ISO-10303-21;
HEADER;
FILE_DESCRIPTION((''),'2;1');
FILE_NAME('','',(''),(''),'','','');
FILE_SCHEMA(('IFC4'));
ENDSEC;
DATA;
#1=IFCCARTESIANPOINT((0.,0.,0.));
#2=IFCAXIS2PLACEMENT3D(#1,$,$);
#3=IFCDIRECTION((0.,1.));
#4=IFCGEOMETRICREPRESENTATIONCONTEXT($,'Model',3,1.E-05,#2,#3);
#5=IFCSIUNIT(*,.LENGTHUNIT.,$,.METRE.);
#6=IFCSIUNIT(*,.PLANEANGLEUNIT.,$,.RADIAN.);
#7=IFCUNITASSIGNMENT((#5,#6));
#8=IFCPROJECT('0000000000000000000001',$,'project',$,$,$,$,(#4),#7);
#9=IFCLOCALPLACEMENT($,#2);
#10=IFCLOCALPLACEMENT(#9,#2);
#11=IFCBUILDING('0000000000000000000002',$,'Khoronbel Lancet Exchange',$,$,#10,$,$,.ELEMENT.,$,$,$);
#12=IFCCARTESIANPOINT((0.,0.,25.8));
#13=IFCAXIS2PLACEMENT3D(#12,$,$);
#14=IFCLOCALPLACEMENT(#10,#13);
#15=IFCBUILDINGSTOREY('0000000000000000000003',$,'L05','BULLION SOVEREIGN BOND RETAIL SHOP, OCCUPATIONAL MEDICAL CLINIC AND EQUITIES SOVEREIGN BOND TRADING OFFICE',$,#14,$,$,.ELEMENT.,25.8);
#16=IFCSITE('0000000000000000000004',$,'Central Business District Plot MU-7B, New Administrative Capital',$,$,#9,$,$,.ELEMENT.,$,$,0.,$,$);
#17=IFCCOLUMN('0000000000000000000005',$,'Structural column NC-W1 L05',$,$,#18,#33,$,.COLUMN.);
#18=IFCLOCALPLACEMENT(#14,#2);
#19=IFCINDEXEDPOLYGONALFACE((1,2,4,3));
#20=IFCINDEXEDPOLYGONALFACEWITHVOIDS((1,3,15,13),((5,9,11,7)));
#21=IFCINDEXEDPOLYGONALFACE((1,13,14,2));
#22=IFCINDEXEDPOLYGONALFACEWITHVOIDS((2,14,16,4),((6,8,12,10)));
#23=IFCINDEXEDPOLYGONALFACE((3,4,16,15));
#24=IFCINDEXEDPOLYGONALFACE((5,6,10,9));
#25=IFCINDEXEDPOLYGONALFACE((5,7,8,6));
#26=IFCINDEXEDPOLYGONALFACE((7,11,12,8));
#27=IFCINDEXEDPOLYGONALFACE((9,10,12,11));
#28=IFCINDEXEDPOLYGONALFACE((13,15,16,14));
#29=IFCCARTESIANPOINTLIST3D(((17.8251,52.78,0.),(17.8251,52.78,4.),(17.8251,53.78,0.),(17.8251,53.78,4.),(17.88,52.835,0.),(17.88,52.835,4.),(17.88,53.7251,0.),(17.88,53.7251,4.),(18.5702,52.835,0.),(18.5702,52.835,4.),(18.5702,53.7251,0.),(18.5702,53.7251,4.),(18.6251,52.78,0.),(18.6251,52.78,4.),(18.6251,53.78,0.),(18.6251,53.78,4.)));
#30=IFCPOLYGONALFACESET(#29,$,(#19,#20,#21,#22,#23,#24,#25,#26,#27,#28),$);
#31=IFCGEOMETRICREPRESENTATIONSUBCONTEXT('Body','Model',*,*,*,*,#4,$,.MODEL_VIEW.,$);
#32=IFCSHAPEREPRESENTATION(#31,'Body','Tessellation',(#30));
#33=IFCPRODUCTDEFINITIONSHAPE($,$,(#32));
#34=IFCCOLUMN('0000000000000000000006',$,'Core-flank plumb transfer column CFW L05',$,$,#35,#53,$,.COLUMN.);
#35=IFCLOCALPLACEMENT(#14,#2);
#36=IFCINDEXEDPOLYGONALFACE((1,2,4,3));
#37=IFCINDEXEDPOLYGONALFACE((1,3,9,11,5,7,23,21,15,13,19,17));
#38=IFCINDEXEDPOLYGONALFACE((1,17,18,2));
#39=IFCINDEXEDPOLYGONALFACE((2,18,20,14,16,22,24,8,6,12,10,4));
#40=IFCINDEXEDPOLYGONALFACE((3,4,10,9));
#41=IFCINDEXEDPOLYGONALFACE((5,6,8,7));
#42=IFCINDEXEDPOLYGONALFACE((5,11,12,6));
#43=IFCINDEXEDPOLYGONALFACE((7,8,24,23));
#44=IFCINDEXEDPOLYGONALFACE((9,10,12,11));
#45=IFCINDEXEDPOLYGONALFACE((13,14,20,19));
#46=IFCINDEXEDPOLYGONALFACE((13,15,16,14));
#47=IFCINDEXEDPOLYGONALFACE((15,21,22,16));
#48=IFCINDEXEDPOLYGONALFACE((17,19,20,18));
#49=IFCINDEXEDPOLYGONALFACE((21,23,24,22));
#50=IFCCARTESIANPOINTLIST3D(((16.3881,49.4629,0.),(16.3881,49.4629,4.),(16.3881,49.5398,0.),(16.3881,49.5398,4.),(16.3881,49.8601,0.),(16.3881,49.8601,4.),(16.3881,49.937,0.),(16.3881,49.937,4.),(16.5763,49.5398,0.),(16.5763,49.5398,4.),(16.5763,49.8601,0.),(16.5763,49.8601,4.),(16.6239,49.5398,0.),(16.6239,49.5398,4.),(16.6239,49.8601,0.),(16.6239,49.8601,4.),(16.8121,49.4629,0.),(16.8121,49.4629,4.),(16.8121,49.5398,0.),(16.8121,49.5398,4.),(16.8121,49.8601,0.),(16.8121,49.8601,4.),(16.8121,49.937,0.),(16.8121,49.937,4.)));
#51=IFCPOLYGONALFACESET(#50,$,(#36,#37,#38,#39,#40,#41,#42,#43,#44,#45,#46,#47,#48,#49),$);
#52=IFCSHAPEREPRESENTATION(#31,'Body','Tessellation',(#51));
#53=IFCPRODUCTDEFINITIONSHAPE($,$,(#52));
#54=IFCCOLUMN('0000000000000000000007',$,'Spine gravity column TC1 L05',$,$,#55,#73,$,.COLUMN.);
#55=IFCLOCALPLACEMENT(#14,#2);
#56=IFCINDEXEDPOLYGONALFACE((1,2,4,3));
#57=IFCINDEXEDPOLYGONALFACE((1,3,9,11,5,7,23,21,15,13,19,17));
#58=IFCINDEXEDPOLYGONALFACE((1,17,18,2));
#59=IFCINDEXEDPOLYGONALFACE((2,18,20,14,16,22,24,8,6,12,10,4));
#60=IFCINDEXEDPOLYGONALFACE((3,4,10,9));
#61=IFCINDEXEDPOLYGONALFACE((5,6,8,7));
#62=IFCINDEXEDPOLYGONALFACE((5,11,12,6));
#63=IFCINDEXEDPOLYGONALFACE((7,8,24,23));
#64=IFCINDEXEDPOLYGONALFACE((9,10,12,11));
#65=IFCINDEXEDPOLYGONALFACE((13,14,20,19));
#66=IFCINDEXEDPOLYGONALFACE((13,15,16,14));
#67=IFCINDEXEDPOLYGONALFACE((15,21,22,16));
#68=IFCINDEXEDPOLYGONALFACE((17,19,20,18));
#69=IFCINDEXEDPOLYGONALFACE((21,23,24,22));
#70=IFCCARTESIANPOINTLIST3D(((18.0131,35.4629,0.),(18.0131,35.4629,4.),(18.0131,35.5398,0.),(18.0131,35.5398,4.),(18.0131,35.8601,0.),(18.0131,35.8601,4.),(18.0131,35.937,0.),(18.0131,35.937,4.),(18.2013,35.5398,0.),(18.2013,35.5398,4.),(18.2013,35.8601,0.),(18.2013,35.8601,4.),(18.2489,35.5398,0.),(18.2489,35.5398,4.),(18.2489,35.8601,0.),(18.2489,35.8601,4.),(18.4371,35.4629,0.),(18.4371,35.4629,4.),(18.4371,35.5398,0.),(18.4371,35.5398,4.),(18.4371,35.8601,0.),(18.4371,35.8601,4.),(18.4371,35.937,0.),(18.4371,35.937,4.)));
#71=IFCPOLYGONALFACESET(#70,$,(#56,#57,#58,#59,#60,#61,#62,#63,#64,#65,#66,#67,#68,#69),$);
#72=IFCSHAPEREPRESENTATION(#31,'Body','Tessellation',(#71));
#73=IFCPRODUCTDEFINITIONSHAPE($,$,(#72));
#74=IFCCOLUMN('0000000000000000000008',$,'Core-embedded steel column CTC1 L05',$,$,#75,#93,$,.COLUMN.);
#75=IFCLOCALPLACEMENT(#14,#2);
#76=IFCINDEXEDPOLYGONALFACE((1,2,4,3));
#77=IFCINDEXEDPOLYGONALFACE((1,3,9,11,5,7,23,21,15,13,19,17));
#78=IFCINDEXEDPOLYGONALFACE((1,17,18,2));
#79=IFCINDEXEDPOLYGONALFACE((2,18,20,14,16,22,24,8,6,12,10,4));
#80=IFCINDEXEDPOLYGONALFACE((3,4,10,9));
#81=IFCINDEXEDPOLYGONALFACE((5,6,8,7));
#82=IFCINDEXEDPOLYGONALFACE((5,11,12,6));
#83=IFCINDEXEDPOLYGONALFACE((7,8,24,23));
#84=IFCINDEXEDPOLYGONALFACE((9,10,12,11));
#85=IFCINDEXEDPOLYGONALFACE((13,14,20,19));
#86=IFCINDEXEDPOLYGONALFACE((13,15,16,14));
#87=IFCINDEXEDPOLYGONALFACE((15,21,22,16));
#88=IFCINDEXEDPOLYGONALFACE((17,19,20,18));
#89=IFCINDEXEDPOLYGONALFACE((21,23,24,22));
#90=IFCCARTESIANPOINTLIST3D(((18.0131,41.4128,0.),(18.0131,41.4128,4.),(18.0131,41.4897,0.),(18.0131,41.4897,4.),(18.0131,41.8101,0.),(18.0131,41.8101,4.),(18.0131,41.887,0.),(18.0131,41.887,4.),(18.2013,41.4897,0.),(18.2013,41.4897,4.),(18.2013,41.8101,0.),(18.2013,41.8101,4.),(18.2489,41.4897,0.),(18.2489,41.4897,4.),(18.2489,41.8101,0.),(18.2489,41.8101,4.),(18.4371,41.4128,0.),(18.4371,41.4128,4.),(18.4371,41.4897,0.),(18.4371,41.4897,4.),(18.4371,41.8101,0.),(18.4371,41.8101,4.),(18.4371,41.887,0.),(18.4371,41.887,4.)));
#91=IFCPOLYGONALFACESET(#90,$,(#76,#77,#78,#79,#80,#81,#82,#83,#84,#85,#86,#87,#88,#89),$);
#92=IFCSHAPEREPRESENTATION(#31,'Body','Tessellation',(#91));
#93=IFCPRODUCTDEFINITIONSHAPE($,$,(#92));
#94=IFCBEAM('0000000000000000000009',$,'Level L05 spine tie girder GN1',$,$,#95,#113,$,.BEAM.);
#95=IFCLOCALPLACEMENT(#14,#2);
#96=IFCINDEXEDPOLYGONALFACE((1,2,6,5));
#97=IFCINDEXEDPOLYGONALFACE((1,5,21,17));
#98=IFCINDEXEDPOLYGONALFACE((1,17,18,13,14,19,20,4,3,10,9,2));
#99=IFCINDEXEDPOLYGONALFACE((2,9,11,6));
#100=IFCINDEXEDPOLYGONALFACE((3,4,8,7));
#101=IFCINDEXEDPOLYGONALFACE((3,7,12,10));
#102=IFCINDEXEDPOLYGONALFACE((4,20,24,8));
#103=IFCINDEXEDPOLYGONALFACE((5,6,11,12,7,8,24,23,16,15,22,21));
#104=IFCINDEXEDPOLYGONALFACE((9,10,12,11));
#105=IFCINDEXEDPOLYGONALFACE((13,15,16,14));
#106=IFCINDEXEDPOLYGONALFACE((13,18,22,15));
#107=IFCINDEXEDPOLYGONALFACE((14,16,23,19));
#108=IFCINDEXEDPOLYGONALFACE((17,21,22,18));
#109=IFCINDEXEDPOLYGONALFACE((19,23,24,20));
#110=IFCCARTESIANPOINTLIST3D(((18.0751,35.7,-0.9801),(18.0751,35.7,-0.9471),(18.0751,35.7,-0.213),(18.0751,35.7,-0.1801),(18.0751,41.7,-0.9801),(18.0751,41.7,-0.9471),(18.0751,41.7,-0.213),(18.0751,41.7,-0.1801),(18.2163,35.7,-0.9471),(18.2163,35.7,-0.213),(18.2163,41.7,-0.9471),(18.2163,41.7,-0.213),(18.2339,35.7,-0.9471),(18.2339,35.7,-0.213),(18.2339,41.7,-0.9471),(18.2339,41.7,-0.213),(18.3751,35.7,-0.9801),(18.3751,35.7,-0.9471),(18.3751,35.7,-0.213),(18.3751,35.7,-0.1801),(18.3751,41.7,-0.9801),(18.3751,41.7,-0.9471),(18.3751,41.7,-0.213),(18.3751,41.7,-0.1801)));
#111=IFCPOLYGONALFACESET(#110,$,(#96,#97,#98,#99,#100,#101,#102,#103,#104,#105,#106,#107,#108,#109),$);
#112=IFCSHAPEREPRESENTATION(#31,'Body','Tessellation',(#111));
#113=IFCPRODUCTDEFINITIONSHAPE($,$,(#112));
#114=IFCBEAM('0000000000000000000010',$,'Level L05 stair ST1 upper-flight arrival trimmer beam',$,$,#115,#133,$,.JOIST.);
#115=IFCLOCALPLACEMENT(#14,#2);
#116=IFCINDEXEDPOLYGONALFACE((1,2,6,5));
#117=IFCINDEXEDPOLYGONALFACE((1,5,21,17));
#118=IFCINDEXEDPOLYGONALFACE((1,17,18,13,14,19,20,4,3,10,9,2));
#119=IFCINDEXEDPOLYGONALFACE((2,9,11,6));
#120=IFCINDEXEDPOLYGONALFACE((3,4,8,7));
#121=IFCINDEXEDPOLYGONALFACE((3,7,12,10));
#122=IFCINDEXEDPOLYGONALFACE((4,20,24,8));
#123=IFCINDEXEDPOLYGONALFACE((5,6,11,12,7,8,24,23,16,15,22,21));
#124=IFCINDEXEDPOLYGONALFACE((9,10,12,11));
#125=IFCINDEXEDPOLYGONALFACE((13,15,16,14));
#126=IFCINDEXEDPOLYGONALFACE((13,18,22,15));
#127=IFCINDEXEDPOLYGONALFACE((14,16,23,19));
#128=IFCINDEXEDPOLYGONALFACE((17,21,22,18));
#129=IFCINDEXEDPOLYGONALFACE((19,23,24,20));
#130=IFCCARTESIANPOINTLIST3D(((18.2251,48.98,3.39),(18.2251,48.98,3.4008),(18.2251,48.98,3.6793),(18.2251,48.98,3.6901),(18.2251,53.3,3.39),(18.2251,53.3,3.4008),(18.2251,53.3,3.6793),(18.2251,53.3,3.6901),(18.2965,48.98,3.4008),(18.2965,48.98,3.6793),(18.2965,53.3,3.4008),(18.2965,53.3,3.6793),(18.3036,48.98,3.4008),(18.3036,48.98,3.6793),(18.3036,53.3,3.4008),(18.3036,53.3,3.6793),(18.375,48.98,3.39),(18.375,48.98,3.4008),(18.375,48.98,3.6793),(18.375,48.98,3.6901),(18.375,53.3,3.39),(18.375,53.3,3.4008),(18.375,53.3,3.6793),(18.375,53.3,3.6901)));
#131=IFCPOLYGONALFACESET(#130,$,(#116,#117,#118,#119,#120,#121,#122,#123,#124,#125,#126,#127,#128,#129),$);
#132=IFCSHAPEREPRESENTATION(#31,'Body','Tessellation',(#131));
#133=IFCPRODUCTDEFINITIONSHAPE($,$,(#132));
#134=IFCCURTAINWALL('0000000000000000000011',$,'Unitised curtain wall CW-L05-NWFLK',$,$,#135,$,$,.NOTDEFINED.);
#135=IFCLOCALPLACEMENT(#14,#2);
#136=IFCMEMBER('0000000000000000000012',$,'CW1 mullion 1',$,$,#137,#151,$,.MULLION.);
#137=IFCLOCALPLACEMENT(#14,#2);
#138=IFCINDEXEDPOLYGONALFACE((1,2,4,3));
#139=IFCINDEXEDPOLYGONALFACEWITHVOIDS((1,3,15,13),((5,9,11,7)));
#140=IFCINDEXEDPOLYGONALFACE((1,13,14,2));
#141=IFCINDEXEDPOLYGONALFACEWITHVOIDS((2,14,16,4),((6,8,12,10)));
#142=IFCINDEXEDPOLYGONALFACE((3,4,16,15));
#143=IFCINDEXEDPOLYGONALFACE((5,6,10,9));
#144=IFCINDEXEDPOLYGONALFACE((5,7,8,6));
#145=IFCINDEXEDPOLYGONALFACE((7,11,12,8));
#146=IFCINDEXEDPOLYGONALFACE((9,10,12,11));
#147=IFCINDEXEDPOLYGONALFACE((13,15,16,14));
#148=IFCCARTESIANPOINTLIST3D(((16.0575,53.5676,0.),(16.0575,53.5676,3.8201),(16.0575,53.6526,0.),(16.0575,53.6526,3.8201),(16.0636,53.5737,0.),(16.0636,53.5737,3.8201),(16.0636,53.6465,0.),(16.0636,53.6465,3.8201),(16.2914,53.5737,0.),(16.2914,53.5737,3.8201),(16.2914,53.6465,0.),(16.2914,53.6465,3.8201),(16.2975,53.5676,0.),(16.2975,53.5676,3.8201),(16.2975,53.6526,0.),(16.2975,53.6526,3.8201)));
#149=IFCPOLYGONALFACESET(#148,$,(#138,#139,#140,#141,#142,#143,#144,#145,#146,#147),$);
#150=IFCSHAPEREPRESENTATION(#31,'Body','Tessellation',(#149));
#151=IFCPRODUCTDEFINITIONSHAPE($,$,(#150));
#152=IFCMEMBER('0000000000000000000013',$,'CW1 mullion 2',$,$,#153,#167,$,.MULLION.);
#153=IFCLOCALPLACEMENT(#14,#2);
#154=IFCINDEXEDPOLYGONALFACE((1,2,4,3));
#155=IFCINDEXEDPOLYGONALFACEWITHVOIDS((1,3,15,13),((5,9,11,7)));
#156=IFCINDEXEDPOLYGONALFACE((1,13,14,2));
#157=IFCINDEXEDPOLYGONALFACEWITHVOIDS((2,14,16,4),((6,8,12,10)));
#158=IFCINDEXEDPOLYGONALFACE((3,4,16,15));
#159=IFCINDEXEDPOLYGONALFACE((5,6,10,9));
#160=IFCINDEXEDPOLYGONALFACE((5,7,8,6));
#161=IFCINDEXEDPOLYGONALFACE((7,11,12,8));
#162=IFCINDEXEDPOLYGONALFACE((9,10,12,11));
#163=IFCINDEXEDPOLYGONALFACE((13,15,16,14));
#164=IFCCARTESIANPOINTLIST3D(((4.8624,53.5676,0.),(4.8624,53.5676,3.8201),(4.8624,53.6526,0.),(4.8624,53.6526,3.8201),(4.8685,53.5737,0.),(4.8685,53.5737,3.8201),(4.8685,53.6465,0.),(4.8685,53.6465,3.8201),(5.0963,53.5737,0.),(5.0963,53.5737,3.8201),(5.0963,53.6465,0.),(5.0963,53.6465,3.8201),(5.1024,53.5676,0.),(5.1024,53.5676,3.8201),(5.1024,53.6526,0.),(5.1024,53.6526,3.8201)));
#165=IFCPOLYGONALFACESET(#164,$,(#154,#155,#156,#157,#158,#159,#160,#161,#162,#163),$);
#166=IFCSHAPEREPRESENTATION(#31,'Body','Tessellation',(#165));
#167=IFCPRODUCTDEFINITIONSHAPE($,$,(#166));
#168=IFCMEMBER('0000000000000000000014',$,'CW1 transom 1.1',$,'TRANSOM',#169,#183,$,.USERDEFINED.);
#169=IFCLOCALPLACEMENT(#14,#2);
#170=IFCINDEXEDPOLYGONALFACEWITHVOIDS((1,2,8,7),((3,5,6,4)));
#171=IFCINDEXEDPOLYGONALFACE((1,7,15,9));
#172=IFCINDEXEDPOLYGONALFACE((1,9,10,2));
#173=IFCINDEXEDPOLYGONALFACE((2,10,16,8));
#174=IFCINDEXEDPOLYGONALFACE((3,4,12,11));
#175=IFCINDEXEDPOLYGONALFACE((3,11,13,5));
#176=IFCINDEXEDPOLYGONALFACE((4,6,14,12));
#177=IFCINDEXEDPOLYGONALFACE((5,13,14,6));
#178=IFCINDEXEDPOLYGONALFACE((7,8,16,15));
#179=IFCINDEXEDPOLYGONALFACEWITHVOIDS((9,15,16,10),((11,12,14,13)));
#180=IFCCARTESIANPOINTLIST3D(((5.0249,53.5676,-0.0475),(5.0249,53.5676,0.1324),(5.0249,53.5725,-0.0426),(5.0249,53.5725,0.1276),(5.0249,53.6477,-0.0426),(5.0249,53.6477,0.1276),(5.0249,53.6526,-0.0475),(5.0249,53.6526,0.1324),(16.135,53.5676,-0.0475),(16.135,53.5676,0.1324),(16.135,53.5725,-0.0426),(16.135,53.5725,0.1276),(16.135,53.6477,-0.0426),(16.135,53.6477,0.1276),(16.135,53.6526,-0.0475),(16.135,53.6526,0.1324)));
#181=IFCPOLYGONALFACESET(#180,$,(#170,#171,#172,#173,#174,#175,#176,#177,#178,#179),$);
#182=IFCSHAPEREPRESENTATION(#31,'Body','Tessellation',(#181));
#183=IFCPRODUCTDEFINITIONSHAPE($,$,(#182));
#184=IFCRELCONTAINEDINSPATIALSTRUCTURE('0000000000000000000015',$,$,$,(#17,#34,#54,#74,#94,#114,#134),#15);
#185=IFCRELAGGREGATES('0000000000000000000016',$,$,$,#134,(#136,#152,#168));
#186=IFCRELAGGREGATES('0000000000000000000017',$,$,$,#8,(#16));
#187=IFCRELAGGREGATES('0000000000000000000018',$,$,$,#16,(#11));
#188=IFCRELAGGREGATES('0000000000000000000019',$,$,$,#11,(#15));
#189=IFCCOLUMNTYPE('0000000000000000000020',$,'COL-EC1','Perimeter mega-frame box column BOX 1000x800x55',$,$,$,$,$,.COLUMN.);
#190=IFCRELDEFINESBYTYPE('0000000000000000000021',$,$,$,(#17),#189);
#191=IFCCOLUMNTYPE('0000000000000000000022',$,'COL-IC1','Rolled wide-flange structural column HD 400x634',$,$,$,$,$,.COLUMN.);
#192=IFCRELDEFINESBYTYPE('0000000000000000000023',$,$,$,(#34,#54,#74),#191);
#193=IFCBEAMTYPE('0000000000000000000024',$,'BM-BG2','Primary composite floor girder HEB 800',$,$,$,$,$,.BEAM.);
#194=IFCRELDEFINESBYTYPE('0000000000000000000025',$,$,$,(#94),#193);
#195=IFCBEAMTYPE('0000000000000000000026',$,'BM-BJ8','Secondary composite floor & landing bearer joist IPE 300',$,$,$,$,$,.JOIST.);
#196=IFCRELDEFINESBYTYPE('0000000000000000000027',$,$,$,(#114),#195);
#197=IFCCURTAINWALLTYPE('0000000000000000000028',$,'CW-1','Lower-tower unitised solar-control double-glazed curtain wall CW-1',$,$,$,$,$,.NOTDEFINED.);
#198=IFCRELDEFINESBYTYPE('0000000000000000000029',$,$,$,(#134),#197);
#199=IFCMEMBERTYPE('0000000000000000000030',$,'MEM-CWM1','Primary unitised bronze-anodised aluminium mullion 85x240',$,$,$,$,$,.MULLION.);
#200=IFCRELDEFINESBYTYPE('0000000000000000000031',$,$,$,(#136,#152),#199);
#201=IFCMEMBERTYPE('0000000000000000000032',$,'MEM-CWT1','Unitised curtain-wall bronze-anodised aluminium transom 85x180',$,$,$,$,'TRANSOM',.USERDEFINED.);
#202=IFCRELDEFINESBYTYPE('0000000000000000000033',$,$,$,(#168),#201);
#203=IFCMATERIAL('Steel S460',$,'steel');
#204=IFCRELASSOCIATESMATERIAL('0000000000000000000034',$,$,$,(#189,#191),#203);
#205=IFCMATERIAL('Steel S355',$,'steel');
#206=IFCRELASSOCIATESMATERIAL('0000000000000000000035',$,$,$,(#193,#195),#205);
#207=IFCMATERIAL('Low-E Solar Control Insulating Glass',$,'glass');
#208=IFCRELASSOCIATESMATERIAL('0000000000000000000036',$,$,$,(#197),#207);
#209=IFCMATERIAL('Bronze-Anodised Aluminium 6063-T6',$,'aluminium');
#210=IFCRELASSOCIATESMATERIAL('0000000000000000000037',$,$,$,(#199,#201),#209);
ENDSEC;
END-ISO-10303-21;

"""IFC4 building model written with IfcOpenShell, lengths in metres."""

from ifc_helpers import new_model, si_unit, direction, frame, origin, origin_2d, place, context, subcontext, project, spatial, hollow_rectangle, i_section, extrude, material, material_profile, profile_set, type_object, element, aggregate, save


model = new_model("IFC4")

# Units and contexts
model_context = context("Model", 3, precision=1e-05, world=origin(), true_north=direction((0.0, 1.0)))
body_context = subcontext(model_context, "Body", "Model", "MODEL_VIEW")
ifc_project = project(units=[si_unit("LENGTHUNIT", "METRE"), si_unit("PLANEANGLEUNIT", "RADIAN")], contexts=[model_context])

# Site, building, storey
site_placement = place(None, origin())
site = spatial("IfcSite", under=ifc_project, at=site_placement, Name="Central Business District Plot MU-7B, New Administrative Capital", CompositionType="ELEMENT", RefElevation=0.0)
building_placement = place(site_placement, origin())
building = spatial("IfcBuilding", under=site, at=building_placement, Name="Khoronbel Lancet Exchange", CompositionType="ELEMENT")
storey_placement = place(building_placement, frame((0.0, 0.0, 25.8)))
storey = spatial("IfcBuildingStorey", under=building, at=storey_placement, Name="L05", Description="BULLION SOVEREIGN BOND RETAIL SHOP, OCCUPATIONAL MEDICAL CLINIC AND EQUITIES SOVEREIGN BOND TRADING OFFICE", CompositionType="ELEMENT", Elevation=25.8)

# Columns
ifc_material_1 = material(Name="Steel S460", Category="steel")
ifc_material_profile_1 = material_profile(ifc_material_1, hollow_rectangle(XDim=0.8, YDim=1.0, WallThickness=0.0549, at=origin_2d()), Name="BOX 1000x800x55")
ifc_profile_set_1 = profile_set([ifc_material_profile_1], Name="Steel S460")
column_type_1 = type_object("IfcColumnType", Name="COL-EC1", Description="Perimeter mega-frame box column BOX 1000x800x55", PredefinedType="COLUMN", material=ifc_profile_set_1)
column_placement = place(storey_placement, frame((18.2251, 53.28, 0.0), z_axis=(0.0, 0.0, 1.0), x_axis=(1.0, 0.0, 0.0)))
element("IfcColumn", 1, at=column_placement, inside=storey, type_object=column_type_1, Name="Structural column NC-W1 L05", PredefinedType="COLUMN", context=body_context, shape_type="SweptSolid", body=[
    extrude(hollow_rectangle(XDim=0.8, YDim=1.0, WallThickness=0.0549, at=origin_2d()), origin(), (0.0, 0.0, 1.0), 4.0),
])
ifc_material_profile_2 = material_profile(ifc_material_1, i_section(OverallWidth=0.4241, OverallDepth=0.4741, WebThickness=0.0476, FlangeThickness=0.0769, at=origin_2d()), Name="HD 400x634")
ifc_profile_set_2 = profile_set([ifc_material_profile_2], Name="Steel S460")
column_type_2 = type_object("IfcColumnType", Name="COL-IC1", Description="Rolled wide-flange structural column HD 400x634", PredefinedType="COLUMN", material=ifc_profile_set_2)
for number, where, z_axis, x_axis, name in (
    (2, (16.6001, 49.7, 0.0), (0.0, 0.0, 1.0), (1.0, 0.0, 0.0), "Core-flank plumb transfer column CFW L05"),
    (3, (18.2251, 35.7, 0.0), (0.0, 0.0, 1.0), (1.0, 0.0, 0.0), "Spine gravity column TC1 L05"),
    (4, (18.2251, 41.6499, 0.0), (0.0, 0.0, 1.0), (1.0, 0.0, 0.0), "Core-embedded steel column CTC1 L05"),
):
    element("IfcColumn", number, at=place(storey_placement, frame(where, z_axis=z_axis, x_axis=x_axis)), inside=storey, type_object=column_type_2, Name=name, PredefinedType="COLUMN", context=body_context, shape_type="SweptSolid", body=[
        extrude(i_section(OverallWidth=0.4241, OverallDepth=0.4741, WebThickness=0.0476, FlangeThickness=0.0769, at=origin_2d()), origin(), (0.0, 0.0, 1.0), 4.0),
    ])

# Beams
ifc_material_2 = material(Name="Steel S355", Category="steel")
ifc_material_profile_3 = material_profile(ifc_material_2, i_section(OverallWidth=0.3, OverallDepth=0.8, WebThickness=0.0176, FlangeThickness=0.033, at=origin_2d()), Name="HEB 800")
ifc_profile_set_3 = profile_set([ifc_material_profile_3], Name="Steel S355")
beam_type_1 = type_object("IfcBeamType", Name="BM-BG2", Description="Primary composite floor girder HEB 800", PredefinedType="BEAM", material=ifc_profile_set_3)
beam_1_placement = place(storey_placement, frame((18.2251, 35.7, -0.5801), z_axis=(0.0, 1.0, 0.0), x_axis=(-1.0, 0.0, 0.0)))
element("IfcBeam", 5, at=beam_1_placement, inside=storey, type_object=beam_type_1, Name="Level L05 spine tie girder GN1", PredefinedType="BEAM", context=body_context, shape_type="SweptSolid", body=[
    extrude(i_section(OverallWidth=0.3, OverallDepth=0.8, WebThickness=0.0176, FlangeThickness=0.033, at=origin_2d()), origin(), (0.0, 0.0, 1.0), 6.0),
])
ifc_material_profile_4 = material_profile(ifc_material_2, i_section(OverallWidth=0.1499, OverallDepth=0.3, WebThickness=0.0071, FlangeThickness=0.0107, at=origin_2d()), Name="IPE 300")
ifc_profile_set_4 = profile_set([ifc_material_profile_4], Name="Steel S355")
beam_type_2 = type_object("IfcBeamType", Name="BM-BJ8", Description="Secondary composite floor & landing bearer joist IPE 300", PredefinedType="JOIST", material=ifc_profile_set_4)
beam_2_placement = place(storey_placement, frame((18.3, 48.98, 3.54), z_axis=(0.0, 1.0, 0.0), x_axis=(-1.0, 0.0, 0.0)))
element("IfcBeam", 6, at=beam_2_placement, inside=storey, type_object=beam_type_2, Name="Level L05 stair ST1 upper-flight arrival trimmer beam", PredefinedType="JOIST", context=body_context, shape_type="SweptSolid", body=[
    extrude(i_section(OverallWidth=0.1499, OverallDepth=0.3, WebThickness=0.0071, FlangeThickness=0.0107, at=origin_2d()), origin(), (0.0, 0.0, 1.0), 4.3201),
])

# Curtain wall, members
ifc_material_3 = material(Name="Low-E Solar Control Insulating Glass", Category="glass")
curtain_wall_type = type_object("IfcCurtainWallType", Name="CW-1", Description="Lower-tower unitised solar-control double-glazed curtain wall CW-1", PredefinedType="NOTDEFINED", material=ifc_material_3)
curtain_wall_placement = place(storey_placement, origin())
curtain_wall = element("IfcCurtainWall", 7, at=curtain_wall_placement, inside=storey, type_object=curtain_wall_type, Name="Unitised curtain wall CW-L05-NWFLK", PredefinedType="NOTDEFINED")
ifc_material_4 = material(Name="Bronze-Anodised Aluminium 6063-T6", Category="aluminium")
ifc_material_profile_5 = material_profile(ifc_material_4, hollow_rectangle(XDim=0.085, YDim=0.24, WallThickness=0.0061, at=origin_2d()), Name="ALU MULLION 85x240")
ifc_profile_set_5 = profile_set([ifc_material_profile_5], Name="Bronze-Anodised Aluminium 6063-T6")
member_type_1 = type_object("IfcMemberType", Name="MEM-CWM1", Description="Primary unitised bronze-anodised aluminium mullion 85x240", PredefinedType="MULLION", material=ifc_profile_set_5)
member_1_placement = place(storey_placement, frame((16.1775, 53.6101, 0.0), z_axis=(0.0, 0.0, 1.0), x_axis=(0.0, -1.0, 0.0)))
member_1 = element("IfcMember", 8, at=member_1_placement, type_object=member_type_1, Name="CW1 mullion 1", PredefinedType="MULLION", context=body_context, shape_type="SweptSolid", body=[
    extrude(hollow_rectangle(XDim=0.085, YDim=0.24, WallThickness=0.0061, at=origin_2d()), origin(), (0.0, 0.0, 1.0), 3.8201),
])
member_2_placement = place(storey_placement, frame((4.9824, 53.6101, 0.0), z_axis=(0.0, 0.0, 1.0), x_axis=(0.0, -1.0, 0.0)))
member_2 = element("IfcMember", 9, at=member_2_placement, type_object=member_type_1, Name="CW1 mullion 2", PredefinedType="MULLION", context=body_context, shape_type="SweptSolid", body=[
    extrude(hollow_rectangle(XDim=0.085, YDim=0.24, WallThickness=0.0061, at=origin_2d()), origin(), (0.0, 0.0, 1.0), 3.8201),
])
ifc_material_profile_6 = material_profile(ifc_material_4, hollow_rectangle(XDim=0.085, YDim=0.1799, WallThickness=0.0049, at=origin_2d()), Name="ALU TRANSOM 85x180")
ifc_profile_set_6 = profile_set([ifc_material_profile_6], Name="Bronze-Anodised Aluminium 6063-T6")
member_type_2 = type_object("IfcMemberType", Name="MEM-CWT1", Description="Unitised curtain-wall bronze-anodised aluminium transom 85x180", ElementType="TRANSOM", PredefinedType="USERDEFINED", material=ifc_profile_set_6)
member_3_placement = place(storey_placement, frame((16.135, 53.6101, 0.0425), z_axis=(-1.0, 0.0, 0.0), x_axis=(0.0, -1.0, 0.0)))
member_3 = element("IfcMember", 10, at=member_3_placement, type_object=member_type_2, Name="CW1 transom 1.1", ObjectType="TRANSOM", PredefinedType="USERDEFINED", context=body_context, shape_type="SweptSolid", body=[
    extrude(hollow_rectangle(XDim=0.085, YDim=0.1799, WallThickness=0.0049, at=origin_2d()), origin(), (0.0, 0.0, 1.0), 11.1101),
])

aggregate(curtain_wall, [member_1, member_2, member_3])

save(model, "model.ifc")
